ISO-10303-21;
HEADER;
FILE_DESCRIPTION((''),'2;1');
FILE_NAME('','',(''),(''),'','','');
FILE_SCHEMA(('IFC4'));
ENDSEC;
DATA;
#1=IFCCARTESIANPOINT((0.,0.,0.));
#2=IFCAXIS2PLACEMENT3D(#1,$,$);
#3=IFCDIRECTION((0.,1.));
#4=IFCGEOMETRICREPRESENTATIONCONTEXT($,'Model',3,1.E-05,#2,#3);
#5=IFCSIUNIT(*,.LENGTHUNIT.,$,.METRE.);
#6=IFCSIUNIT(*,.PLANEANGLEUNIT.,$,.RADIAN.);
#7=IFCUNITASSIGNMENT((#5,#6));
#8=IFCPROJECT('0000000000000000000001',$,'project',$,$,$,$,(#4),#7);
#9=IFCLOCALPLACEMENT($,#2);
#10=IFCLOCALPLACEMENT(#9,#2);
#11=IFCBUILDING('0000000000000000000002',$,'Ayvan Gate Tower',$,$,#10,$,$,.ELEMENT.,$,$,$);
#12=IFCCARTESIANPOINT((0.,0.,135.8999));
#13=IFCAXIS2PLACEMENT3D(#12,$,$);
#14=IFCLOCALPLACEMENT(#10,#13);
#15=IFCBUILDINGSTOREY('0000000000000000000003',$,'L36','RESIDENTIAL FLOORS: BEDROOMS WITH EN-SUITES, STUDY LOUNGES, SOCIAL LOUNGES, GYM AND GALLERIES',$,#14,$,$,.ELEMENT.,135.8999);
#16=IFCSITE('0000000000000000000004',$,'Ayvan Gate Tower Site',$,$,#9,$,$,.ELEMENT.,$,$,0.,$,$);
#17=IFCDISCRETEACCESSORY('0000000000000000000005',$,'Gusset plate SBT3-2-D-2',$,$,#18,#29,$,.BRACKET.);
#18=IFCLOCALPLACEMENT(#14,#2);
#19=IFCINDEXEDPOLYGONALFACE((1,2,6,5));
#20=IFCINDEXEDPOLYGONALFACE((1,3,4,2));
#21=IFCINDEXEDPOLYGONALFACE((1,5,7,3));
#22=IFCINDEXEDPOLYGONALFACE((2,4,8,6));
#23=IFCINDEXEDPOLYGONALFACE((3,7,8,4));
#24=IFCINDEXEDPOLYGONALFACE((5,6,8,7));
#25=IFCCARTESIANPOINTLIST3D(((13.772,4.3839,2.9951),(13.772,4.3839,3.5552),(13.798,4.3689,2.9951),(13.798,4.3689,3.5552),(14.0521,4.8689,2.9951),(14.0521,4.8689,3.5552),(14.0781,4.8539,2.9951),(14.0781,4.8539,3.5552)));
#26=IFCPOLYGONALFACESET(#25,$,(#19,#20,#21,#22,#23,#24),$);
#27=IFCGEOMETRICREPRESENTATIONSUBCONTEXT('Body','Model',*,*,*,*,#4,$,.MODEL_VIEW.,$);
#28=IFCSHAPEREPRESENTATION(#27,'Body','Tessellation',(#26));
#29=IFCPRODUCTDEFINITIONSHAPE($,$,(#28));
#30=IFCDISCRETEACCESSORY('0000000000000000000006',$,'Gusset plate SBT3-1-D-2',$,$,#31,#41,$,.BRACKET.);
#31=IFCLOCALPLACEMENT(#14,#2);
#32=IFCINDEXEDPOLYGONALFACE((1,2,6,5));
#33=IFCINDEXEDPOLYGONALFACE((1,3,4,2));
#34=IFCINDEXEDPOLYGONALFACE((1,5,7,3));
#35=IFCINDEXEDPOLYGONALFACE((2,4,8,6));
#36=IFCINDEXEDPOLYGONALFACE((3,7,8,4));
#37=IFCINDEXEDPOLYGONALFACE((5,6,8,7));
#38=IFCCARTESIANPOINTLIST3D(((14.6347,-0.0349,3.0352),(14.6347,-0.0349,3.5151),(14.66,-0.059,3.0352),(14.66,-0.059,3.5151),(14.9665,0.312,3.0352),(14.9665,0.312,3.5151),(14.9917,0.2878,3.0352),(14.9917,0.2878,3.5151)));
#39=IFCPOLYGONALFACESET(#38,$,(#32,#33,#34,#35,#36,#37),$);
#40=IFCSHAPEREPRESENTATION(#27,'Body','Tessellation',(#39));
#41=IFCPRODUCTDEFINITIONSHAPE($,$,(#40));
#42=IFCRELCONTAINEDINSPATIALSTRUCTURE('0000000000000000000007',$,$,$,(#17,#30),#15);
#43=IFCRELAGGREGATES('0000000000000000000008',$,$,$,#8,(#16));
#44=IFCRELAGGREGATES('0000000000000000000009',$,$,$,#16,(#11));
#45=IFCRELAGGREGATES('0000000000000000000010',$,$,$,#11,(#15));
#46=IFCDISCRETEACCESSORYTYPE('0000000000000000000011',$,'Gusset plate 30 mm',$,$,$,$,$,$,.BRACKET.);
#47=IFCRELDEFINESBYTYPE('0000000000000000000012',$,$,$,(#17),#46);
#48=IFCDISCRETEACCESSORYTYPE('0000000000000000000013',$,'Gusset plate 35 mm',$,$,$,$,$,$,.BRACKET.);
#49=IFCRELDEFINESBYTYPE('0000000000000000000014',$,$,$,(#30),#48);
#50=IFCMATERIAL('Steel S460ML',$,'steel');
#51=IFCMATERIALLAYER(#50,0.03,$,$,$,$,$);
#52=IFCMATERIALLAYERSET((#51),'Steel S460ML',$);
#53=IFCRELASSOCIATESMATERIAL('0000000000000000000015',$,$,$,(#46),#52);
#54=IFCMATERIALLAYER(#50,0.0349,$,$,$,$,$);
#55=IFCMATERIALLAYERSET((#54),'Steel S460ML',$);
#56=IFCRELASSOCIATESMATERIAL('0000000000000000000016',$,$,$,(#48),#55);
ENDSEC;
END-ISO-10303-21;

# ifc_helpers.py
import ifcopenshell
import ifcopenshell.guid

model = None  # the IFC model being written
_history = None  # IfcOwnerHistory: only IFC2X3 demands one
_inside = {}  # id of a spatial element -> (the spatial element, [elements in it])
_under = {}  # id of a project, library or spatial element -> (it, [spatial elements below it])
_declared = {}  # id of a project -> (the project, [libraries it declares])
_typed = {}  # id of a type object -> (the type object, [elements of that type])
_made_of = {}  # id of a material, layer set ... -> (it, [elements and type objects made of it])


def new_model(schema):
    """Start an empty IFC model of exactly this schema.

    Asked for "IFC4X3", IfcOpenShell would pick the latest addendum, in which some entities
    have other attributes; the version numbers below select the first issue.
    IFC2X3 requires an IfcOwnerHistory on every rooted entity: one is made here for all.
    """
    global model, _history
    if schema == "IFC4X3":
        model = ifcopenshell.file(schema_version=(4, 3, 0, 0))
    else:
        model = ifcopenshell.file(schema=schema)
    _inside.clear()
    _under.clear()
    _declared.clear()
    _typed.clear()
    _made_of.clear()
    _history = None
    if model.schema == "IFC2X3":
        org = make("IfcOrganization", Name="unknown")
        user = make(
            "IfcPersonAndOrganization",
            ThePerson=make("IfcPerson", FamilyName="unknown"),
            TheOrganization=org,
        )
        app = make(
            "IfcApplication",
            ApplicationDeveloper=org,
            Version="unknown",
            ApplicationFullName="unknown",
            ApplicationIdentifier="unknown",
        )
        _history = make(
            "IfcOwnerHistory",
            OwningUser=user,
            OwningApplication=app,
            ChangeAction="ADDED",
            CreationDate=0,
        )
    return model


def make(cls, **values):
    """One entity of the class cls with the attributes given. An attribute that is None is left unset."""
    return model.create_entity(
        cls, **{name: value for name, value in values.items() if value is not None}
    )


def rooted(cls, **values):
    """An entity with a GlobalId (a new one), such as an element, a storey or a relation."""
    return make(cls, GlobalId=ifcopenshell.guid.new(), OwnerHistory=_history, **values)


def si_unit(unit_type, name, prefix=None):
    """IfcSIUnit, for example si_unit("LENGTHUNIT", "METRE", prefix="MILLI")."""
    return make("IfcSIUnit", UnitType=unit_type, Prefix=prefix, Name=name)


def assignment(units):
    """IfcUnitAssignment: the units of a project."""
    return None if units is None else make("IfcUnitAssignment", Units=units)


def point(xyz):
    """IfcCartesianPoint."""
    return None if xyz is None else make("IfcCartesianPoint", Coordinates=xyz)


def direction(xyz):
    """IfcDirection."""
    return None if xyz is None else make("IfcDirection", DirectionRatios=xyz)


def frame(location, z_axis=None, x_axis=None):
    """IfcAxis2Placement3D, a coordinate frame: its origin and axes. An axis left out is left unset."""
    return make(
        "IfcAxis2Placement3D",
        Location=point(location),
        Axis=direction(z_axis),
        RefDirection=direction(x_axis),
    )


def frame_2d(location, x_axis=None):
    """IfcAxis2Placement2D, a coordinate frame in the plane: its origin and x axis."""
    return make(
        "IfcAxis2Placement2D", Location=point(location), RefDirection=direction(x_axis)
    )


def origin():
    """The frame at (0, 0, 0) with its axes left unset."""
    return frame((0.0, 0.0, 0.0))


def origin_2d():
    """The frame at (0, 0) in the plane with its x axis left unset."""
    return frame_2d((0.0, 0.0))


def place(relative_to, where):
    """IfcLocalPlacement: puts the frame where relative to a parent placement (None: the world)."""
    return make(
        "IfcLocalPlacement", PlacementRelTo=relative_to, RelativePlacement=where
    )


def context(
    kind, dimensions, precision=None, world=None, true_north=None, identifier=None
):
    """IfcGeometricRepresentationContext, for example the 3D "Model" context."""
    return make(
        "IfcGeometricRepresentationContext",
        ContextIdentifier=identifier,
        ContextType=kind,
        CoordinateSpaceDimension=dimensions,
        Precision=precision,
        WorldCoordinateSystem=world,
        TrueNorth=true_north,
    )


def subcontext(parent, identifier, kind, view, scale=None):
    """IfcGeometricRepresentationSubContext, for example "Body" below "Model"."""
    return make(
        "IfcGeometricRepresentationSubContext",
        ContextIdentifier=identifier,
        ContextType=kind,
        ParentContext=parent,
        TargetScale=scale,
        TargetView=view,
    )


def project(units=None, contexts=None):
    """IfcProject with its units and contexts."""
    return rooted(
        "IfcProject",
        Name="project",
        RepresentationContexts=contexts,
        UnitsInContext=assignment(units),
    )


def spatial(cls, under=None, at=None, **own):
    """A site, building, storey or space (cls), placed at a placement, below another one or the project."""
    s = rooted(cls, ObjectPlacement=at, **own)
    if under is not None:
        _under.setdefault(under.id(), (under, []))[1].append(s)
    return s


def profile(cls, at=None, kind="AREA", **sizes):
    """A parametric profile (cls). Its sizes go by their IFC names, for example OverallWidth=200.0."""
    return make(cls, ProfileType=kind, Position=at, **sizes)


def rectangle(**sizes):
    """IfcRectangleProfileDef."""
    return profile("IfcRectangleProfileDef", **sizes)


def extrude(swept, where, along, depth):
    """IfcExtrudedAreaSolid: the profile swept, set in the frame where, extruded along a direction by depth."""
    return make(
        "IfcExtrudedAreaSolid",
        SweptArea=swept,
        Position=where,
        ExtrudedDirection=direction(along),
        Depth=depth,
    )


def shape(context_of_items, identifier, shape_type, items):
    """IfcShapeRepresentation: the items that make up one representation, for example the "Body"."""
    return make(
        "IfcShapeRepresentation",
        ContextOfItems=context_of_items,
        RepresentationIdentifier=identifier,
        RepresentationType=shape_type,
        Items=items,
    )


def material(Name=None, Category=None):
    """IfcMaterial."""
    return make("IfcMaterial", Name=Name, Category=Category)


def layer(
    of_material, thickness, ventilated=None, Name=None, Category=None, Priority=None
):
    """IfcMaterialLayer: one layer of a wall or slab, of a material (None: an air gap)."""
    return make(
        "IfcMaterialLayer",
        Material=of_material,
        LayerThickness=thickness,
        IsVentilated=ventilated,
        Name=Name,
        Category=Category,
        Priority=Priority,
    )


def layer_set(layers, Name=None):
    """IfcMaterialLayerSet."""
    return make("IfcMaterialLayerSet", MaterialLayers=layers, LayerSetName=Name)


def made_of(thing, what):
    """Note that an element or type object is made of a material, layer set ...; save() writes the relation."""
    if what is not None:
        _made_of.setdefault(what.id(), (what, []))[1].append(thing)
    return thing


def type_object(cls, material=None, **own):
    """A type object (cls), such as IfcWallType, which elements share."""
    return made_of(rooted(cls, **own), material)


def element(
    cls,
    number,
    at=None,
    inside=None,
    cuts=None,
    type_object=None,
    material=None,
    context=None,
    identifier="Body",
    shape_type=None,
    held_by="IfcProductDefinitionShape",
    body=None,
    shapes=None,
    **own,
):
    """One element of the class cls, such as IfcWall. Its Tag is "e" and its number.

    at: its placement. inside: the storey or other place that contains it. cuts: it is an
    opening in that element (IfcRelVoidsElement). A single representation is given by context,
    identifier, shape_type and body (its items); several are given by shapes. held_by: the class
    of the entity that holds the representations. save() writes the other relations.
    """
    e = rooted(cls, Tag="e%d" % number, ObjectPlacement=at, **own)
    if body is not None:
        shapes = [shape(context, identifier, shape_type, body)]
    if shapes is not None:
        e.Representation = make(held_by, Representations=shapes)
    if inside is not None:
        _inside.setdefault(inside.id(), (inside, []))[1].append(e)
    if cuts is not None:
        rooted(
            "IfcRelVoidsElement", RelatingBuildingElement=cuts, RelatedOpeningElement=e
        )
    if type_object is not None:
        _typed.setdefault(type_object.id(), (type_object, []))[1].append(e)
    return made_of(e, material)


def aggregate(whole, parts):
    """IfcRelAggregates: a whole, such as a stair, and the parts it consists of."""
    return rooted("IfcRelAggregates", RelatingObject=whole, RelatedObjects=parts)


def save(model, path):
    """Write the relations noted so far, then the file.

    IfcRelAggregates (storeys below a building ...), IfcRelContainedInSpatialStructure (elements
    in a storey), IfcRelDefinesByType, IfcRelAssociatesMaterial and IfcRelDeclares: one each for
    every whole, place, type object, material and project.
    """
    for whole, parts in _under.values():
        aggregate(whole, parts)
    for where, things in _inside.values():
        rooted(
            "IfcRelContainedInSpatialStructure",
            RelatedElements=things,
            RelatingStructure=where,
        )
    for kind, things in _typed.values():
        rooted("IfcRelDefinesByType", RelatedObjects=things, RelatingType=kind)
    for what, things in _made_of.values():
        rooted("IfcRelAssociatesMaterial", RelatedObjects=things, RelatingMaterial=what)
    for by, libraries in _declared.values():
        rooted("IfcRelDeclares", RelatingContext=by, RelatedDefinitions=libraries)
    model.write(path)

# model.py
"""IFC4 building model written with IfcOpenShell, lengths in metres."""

from ifc_helpers import new_model, si_unit, direction, frame, origin, origin_2d, place, context, subcontext, project, spatial, rectangle, extrude, material, layer, layer_set, type_object, element, save


model = new_model("IFC4")

# Units and contexts
model_context = context("Model", 3, precision=1e-05, world=origin(), true_north=direction((0.0, 1.0)))
body_context = subcontext(model_context, "Body", "Model", "MODEL_VIEW")
ifc_project = project(units=[si_unit("LENGTHUNIT", "METRE"), si_unit("PLANEANGLEUNIT", "RADIAN")], contexts=[model_context])

# Site, building, storey
site_placement = place(None, origin())
site = spatial("IfcSite", under=ifc_project, at=site_placement, Name="Ayvan Gate Tower Site", CompositionType="ELEMENT", RefElevation=0.0)
building_placement = place(site_placement, origin())
building = spatial("IfcBuilding", under=site, at=building_placement, Name="Ayvan Gate Tower", CompositionType="ELEMENT")
storey_placement = place(building_placement, frame((0.0, 0.0, 135.8999)))
storey = spatial("IfcBuildingStorey", under=building, at=storey_placement, Name="L36", Description="RESIDENTIAL FLOORS: BEDROOMS WITH EN-SUITES, STUDY LOUNGES, SOCIAL LOUNGES, GYM AND GALLERIES", CompositionType="ELEMENT", Elevation=135.8999)

# Discrete accessories
ifc_material_1 = material(Name="Steel S460ML", Category="steel")
ifc_layer_1 = layer(ifc_material_1, 0.03)
ifc_layer_set_1 = layer_set([ifc_layer_1], Name="Steel S460ML")
discrete_accessory_type_1 = type_object("IfcDiscreteAccessoryType", Name="Gusset plate 30 mm", PredefinedType="BRACKET", material=ifc_layer_set_1)
discrete_accessory_1_placement = place(storey_placement, frame((13.925, 4.6189, 2.9951), z_axis=(0.0, 0.0, 1.0), x_axis=(0.5, 0.866025, 0.0)))
element("IfcDiscreteAccessory", 1, at=discrete_accessory_1_placement, inside=storey, type_object=discrete_accessory_type_1, Name="Gusset plate SBT3-2-D-2", PredefinedType="BRACKET", context=body_context, shape_type="SweptSolid", body=[
    extrude(rectangle(XDim=0.5601, YDim=0.03, at=origin_2d()), origin(), (0.0, 0.0, 1.0), 0.5601),
])
ifc_layer_2 = layer(ifc_material_1, 0.0349)
ifc_layer_set_2 = layer_set([ifc_layer_2], Name="Steel S460ML")
discrete_accessory_type_2 = type_object("IfcDiscreteAccessoryType", Name="Gusset plate 35 mm", PredefinedType="BRACKET", material=ifc_layer_set_2)
discrete_accessory_2_placement = place(storey_placement, frame((14.8132, 0.1265, 3.0352), z_axis=(0.0, 0.0, 1.0), x_axis=(0.691214, 0.72265, 0.0)))
element("IfcDiscreteAccessory", 2, at=discrete_accessory_2_placement, inside=storey, type_object=discrete_accessory_type_2, Name="Gusset plate SBT3-1-D-2", PredefinedType="BRACKET", context=body_context, shape_type="SweptSolid", body=[
    extrude(rectangle(XDim=0.48, YDim=0.0349, at=origin_2d()), origin(), (0.0, 0.0, 1.0), 0.48),
])

save(model, "model.ifc")
